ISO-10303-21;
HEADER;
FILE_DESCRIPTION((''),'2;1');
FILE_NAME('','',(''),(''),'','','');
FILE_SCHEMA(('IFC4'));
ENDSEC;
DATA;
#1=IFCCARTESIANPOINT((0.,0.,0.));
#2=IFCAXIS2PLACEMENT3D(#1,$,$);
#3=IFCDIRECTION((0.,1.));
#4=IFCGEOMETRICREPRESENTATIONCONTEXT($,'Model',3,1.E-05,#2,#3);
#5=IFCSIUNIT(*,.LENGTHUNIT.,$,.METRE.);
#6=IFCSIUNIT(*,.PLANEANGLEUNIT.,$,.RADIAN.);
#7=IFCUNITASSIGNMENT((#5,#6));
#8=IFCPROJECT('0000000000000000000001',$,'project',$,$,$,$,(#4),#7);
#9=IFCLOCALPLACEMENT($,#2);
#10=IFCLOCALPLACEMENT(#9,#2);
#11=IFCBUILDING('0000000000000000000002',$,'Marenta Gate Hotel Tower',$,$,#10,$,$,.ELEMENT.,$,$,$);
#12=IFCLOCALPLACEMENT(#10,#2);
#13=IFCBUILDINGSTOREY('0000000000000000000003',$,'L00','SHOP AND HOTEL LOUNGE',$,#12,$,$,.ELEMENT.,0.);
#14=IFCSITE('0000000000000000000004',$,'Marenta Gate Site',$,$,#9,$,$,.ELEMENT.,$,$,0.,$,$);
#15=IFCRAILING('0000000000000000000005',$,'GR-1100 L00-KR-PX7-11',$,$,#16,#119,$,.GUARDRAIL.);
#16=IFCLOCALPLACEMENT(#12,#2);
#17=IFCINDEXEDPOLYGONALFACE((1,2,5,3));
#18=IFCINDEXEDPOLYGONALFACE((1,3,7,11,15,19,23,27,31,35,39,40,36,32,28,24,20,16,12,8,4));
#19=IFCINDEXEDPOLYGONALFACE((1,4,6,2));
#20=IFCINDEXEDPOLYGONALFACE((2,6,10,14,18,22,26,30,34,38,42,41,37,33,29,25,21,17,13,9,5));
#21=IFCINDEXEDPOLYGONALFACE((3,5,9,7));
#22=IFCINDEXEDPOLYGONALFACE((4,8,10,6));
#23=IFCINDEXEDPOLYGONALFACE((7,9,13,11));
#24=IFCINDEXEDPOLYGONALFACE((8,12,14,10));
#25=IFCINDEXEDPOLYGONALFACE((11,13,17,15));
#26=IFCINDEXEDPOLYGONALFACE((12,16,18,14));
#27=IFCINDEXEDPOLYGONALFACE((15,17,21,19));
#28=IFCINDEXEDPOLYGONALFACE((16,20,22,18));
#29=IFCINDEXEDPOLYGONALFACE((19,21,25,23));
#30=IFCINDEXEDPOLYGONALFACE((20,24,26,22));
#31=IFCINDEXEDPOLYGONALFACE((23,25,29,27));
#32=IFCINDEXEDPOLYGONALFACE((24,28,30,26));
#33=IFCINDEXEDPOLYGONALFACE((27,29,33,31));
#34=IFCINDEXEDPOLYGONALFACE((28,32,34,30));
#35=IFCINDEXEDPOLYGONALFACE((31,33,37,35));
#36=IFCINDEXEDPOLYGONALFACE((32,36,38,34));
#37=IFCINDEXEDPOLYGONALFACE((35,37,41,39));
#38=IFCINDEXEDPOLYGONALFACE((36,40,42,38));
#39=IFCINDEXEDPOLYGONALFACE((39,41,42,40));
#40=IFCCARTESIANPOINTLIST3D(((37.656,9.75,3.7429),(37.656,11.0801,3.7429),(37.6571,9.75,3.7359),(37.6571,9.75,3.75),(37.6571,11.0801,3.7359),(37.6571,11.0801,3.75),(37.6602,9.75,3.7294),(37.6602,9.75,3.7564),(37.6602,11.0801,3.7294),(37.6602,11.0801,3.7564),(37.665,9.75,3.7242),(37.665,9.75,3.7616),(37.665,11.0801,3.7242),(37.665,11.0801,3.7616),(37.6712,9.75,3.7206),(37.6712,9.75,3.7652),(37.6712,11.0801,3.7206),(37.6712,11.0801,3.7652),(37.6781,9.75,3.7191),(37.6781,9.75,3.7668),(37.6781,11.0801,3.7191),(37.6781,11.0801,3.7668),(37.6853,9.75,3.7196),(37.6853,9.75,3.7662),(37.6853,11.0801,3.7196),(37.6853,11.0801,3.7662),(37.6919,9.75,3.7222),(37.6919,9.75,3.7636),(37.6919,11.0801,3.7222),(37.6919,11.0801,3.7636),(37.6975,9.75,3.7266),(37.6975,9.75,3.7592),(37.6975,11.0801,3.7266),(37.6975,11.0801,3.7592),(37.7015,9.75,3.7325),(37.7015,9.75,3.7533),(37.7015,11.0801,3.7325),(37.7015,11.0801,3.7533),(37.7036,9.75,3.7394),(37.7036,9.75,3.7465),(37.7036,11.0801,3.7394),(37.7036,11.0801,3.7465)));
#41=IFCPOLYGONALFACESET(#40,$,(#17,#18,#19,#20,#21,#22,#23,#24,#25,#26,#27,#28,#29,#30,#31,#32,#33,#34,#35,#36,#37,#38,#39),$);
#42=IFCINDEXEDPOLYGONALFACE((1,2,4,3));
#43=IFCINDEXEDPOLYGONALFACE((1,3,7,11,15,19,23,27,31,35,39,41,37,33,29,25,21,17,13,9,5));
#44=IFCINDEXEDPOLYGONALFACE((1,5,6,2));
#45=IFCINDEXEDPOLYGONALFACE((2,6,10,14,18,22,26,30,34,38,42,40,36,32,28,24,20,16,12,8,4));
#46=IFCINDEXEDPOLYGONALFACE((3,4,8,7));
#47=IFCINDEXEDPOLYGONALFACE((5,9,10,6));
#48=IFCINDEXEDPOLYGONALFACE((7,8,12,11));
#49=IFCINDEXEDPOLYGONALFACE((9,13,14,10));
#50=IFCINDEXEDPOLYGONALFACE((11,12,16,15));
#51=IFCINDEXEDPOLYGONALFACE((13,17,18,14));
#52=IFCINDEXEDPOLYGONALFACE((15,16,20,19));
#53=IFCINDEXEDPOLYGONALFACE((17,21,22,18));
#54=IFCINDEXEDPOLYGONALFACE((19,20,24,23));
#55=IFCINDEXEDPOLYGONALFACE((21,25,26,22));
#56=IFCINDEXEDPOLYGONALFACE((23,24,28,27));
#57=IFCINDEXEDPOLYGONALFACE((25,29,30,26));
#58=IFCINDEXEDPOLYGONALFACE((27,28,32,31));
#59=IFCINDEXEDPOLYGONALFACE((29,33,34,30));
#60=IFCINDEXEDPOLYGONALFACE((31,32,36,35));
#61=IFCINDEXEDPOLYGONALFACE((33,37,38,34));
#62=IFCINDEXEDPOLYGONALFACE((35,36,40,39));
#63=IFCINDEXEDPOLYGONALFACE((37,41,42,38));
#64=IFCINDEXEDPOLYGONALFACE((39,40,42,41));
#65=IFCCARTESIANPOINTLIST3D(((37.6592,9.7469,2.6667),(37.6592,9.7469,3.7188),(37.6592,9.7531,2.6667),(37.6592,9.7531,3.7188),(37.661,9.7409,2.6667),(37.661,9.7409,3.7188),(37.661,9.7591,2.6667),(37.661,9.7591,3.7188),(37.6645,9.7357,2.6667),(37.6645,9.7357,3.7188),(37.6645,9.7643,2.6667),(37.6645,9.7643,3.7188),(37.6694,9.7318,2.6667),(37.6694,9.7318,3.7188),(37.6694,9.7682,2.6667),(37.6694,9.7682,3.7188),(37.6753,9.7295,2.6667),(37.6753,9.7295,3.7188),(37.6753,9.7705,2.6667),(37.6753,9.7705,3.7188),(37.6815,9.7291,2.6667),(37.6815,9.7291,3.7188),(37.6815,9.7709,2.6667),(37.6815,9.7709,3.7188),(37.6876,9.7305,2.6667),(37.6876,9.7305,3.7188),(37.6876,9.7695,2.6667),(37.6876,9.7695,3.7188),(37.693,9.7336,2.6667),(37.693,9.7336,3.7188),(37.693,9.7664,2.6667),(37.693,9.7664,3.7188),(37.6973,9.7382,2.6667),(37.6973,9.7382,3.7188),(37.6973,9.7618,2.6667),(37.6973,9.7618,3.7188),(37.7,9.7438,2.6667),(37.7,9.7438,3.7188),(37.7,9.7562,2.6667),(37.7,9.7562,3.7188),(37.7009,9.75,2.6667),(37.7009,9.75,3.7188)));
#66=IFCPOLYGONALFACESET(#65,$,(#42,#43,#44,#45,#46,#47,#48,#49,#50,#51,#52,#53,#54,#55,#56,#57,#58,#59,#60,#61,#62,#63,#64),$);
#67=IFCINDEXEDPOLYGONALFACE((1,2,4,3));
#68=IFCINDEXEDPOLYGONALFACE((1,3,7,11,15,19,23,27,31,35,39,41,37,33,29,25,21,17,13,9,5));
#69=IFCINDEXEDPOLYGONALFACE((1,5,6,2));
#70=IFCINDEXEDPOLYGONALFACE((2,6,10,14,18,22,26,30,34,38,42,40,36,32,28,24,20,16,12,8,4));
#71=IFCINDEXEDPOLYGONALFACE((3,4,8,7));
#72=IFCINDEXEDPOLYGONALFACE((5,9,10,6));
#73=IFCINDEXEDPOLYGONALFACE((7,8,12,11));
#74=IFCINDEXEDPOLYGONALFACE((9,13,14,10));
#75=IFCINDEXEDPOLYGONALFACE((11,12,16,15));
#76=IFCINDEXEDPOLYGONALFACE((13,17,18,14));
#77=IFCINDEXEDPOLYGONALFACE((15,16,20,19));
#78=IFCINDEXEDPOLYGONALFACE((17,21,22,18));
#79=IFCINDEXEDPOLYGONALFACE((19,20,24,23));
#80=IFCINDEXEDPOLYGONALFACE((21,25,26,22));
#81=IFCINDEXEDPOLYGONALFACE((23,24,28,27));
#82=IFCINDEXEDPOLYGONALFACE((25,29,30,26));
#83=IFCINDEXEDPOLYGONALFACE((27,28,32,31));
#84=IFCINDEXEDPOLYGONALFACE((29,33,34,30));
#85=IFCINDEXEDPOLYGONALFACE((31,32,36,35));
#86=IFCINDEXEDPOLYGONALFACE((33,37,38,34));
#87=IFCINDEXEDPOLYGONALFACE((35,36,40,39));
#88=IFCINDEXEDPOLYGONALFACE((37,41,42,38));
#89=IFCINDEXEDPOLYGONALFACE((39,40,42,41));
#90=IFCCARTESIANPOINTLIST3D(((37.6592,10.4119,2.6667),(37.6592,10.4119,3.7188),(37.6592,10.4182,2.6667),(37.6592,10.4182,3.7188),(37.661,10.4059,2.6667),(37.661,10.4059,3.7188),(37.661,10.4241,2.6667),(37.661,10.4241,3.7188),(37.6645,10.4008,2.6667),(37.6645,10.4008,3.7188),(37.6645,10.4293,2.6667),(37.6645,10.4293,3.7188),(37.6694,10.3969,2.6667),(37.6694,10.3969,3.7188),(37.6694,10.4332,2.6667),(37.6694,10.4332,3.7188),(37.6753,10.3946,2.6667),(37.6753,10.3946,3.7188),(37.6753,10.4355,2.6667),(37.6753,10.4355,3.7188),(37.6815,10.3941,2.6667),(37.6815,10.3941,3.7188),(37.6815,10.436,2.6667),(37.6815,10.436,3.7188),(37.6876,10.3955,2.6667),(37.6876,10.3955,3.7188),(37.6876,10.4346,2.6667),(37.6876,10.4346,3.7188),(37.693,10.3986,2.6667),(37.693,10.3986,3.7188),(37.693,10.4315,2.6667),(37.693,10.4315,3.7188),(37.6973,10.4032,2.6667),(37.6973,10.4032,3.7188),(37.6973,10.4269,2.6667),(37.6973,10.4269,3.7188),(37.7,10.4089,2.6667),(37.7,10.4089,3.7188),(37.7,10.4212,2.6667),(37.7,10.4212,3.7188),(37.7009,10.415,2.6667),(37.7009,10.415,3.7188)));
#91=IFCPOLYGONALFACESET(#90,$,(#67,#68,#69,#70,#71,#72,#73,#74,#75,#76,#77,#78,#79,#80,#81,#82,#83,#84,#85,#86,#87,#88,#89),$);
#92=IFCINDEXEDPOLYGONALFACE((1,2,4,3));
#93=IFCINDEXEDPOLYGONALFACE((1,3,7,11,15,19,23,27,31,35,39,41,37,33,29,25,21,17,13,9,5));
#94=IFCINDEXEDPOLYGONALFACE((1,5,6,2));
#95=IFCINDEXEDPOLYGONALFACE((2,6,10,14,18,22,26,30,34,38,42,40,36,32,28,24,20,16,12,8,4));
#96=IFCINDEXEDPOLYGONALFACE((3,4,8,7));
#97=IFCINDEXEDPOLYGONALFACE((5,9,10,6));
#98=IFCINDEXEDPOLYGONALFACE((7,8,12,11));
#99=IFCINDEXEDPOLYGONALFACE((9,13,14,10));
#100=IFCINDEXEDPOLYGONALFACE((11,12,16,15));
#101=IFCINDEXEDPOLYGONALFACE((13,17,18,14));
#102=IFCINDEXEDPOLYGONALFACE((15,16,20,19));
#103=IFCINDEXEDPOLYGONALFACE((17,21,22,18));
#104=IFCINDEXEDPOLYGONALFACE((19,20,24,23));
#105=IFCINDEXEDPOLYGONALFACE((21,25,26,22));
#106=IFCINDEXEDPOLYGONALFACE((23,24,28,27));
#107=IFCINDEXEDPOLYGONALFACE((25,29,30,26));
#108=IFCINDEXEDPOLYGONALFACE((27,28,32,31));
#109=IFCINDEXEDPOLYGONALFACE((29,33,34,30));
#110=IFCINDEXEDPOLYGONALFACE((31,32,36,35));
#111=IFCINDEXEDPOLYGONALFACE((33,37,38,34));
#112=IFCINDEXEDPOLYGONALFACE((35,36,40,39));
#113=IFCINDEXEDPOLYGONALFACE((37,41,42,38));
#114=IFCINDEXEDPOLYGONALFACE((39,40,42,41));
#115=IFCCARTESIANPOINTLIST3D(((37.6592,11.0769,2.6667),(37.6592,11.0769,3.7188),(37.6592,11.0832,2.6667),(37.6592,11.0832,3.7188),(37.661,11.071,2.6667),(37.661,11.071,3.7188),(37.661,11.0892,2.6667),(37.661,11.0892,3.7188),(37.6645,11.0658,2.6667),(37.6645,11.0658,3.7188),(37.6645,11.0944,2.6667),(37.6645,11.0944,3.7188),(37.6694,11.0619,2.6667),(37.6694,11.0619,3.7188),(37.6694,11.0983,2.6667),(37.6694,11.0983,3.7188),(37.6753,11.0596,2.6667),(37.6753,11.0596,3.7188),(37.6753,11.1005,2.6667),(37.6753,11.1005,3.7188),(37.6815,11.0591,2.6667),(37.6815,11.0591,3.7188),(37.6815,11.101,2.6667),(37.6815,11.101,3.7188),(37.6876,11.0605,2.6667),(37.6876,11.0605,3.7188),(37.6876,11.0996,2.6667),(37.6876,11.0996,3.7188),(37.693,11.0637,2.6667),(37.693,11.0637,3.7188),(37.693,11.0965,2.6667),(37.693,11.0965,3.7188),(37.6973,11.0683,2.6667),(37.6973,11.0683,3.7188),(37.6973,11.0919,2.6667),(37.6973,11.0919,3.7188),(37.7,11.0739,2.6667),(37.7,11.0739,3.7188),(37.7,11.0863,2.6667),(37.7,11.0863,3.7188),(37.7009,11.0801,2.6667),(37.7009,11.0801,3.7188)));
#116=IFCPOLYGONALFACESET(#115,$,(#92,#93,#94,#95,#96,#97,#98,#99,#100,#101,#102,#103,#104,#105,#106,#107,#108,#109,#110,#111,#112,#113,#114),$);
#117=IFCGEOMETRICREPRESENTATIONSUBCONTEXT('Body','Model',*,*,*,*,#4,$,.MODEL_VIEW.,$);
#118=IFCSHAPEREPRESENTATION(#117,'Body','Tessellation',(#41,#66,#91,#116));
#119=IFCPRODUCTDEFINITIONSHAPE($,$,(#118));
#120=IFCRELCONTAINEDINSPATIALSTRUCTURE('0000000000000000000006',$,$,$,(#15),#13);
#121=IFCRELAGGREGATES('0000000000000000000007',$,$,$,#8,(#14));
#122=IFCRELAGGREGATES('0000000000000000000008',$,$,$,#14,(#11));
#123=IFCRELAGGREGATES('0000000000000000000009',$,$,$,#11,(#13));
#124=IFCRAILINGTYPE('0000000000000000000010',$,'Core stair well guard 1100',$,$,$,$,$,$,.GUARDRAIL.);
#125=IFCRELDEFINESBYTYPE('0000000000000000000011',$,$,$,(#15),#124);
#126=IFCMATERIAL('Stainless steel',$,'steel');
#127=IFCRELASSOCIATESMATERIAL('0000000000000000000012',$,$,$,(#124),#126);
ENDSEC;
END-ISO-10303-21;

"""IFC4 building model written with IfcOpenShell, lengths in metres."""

from ifc_helpers import new_model, si_unit, direction, frame, origin, origin_2d, place, context, subcontext, project, spatial, circle, extrude, material, type_object, element, save


model = new_model("IFC4")

# Units and contexts
model_context = context("Model", 3, precision=1e-05, world=origin(), true_north=direction((0.0, 1.0)))
body_context = subcontext(model_context, "Body", "Model", "MODEL_VIEW")
ifc_project = project(units=[si_unit("LENGTHUNIT", "METRE"), si_unit("PLANEANGLEUNIT", "RADIAN")], contexts=[model_context])

# Site, building, storey
site_placement = place(None, origin())
site = spatial("IfcSite", under=ifc_project, at=site_placement, Name="Marenta Gate Site", CompositionType="ELEMENT", RefElevation=0.0)
building_placement = place(site_placement, origin())
building = spatial("IfcBuilding", under=site, at=building_placement, Name="Marenta Gate Hotel Tower", CompositionType="ELEMENT")
storey_placement = place(building_placement, origin())
storey = spatial("IfcBuildingStorey", under=building, at=storey_placement, Name="L00", Description="SHOP AND HOTEL LOUNGE", CompositionType="ELEMENT", Elevation=0.0)

# Railing
ifc_material_1 = material(Name="Stainless steel", Category="steel")
railing_type_1 = type_object("IfcRailingType", Name="Core stair well guard 1100", PredefinedType="GUARDRAIL", material=ifc_material_1)
railing_1_placement = place(storey_placement, frame((37.6799, 9.75, 2.6667)))
element("IfcRailing", 1, at=railing_1_placement, inside=storey, type_object=railing_type_1, Name="GR-1100 L00-KR-PX7-11", PredefinedType="GUARDRAIL", context=body_context, shape_type="SweptSolid", body=[
    extrude(circle(Radius=0.0239, at=origin_2d()), frame((0.0, 0.0, 1.0762), z_axis=(0.0, 1.0, 0.0), x_axis=(-1.0, 0.0, 0.0)), (0.0, 0.0, 1.0), 1.3301),
    extrude(circle(Radius=0.021, at=origin_2d()), origin(), (0.0, 0.0, 1.0), 1.052),
    extrude(circle(Radius=0.021, at=origin_2d()), frame((0.0, 0.665, 0.0)), (0.0, 0.0, 1.0), 1.052),
    extrude(circle(Radius=0.021, at=origin_2d()), frame((0.0, 1.3301, 0.0)), (0.0, 0.0, 1.0), 1.052),
])

save(model, "model.ifc")
